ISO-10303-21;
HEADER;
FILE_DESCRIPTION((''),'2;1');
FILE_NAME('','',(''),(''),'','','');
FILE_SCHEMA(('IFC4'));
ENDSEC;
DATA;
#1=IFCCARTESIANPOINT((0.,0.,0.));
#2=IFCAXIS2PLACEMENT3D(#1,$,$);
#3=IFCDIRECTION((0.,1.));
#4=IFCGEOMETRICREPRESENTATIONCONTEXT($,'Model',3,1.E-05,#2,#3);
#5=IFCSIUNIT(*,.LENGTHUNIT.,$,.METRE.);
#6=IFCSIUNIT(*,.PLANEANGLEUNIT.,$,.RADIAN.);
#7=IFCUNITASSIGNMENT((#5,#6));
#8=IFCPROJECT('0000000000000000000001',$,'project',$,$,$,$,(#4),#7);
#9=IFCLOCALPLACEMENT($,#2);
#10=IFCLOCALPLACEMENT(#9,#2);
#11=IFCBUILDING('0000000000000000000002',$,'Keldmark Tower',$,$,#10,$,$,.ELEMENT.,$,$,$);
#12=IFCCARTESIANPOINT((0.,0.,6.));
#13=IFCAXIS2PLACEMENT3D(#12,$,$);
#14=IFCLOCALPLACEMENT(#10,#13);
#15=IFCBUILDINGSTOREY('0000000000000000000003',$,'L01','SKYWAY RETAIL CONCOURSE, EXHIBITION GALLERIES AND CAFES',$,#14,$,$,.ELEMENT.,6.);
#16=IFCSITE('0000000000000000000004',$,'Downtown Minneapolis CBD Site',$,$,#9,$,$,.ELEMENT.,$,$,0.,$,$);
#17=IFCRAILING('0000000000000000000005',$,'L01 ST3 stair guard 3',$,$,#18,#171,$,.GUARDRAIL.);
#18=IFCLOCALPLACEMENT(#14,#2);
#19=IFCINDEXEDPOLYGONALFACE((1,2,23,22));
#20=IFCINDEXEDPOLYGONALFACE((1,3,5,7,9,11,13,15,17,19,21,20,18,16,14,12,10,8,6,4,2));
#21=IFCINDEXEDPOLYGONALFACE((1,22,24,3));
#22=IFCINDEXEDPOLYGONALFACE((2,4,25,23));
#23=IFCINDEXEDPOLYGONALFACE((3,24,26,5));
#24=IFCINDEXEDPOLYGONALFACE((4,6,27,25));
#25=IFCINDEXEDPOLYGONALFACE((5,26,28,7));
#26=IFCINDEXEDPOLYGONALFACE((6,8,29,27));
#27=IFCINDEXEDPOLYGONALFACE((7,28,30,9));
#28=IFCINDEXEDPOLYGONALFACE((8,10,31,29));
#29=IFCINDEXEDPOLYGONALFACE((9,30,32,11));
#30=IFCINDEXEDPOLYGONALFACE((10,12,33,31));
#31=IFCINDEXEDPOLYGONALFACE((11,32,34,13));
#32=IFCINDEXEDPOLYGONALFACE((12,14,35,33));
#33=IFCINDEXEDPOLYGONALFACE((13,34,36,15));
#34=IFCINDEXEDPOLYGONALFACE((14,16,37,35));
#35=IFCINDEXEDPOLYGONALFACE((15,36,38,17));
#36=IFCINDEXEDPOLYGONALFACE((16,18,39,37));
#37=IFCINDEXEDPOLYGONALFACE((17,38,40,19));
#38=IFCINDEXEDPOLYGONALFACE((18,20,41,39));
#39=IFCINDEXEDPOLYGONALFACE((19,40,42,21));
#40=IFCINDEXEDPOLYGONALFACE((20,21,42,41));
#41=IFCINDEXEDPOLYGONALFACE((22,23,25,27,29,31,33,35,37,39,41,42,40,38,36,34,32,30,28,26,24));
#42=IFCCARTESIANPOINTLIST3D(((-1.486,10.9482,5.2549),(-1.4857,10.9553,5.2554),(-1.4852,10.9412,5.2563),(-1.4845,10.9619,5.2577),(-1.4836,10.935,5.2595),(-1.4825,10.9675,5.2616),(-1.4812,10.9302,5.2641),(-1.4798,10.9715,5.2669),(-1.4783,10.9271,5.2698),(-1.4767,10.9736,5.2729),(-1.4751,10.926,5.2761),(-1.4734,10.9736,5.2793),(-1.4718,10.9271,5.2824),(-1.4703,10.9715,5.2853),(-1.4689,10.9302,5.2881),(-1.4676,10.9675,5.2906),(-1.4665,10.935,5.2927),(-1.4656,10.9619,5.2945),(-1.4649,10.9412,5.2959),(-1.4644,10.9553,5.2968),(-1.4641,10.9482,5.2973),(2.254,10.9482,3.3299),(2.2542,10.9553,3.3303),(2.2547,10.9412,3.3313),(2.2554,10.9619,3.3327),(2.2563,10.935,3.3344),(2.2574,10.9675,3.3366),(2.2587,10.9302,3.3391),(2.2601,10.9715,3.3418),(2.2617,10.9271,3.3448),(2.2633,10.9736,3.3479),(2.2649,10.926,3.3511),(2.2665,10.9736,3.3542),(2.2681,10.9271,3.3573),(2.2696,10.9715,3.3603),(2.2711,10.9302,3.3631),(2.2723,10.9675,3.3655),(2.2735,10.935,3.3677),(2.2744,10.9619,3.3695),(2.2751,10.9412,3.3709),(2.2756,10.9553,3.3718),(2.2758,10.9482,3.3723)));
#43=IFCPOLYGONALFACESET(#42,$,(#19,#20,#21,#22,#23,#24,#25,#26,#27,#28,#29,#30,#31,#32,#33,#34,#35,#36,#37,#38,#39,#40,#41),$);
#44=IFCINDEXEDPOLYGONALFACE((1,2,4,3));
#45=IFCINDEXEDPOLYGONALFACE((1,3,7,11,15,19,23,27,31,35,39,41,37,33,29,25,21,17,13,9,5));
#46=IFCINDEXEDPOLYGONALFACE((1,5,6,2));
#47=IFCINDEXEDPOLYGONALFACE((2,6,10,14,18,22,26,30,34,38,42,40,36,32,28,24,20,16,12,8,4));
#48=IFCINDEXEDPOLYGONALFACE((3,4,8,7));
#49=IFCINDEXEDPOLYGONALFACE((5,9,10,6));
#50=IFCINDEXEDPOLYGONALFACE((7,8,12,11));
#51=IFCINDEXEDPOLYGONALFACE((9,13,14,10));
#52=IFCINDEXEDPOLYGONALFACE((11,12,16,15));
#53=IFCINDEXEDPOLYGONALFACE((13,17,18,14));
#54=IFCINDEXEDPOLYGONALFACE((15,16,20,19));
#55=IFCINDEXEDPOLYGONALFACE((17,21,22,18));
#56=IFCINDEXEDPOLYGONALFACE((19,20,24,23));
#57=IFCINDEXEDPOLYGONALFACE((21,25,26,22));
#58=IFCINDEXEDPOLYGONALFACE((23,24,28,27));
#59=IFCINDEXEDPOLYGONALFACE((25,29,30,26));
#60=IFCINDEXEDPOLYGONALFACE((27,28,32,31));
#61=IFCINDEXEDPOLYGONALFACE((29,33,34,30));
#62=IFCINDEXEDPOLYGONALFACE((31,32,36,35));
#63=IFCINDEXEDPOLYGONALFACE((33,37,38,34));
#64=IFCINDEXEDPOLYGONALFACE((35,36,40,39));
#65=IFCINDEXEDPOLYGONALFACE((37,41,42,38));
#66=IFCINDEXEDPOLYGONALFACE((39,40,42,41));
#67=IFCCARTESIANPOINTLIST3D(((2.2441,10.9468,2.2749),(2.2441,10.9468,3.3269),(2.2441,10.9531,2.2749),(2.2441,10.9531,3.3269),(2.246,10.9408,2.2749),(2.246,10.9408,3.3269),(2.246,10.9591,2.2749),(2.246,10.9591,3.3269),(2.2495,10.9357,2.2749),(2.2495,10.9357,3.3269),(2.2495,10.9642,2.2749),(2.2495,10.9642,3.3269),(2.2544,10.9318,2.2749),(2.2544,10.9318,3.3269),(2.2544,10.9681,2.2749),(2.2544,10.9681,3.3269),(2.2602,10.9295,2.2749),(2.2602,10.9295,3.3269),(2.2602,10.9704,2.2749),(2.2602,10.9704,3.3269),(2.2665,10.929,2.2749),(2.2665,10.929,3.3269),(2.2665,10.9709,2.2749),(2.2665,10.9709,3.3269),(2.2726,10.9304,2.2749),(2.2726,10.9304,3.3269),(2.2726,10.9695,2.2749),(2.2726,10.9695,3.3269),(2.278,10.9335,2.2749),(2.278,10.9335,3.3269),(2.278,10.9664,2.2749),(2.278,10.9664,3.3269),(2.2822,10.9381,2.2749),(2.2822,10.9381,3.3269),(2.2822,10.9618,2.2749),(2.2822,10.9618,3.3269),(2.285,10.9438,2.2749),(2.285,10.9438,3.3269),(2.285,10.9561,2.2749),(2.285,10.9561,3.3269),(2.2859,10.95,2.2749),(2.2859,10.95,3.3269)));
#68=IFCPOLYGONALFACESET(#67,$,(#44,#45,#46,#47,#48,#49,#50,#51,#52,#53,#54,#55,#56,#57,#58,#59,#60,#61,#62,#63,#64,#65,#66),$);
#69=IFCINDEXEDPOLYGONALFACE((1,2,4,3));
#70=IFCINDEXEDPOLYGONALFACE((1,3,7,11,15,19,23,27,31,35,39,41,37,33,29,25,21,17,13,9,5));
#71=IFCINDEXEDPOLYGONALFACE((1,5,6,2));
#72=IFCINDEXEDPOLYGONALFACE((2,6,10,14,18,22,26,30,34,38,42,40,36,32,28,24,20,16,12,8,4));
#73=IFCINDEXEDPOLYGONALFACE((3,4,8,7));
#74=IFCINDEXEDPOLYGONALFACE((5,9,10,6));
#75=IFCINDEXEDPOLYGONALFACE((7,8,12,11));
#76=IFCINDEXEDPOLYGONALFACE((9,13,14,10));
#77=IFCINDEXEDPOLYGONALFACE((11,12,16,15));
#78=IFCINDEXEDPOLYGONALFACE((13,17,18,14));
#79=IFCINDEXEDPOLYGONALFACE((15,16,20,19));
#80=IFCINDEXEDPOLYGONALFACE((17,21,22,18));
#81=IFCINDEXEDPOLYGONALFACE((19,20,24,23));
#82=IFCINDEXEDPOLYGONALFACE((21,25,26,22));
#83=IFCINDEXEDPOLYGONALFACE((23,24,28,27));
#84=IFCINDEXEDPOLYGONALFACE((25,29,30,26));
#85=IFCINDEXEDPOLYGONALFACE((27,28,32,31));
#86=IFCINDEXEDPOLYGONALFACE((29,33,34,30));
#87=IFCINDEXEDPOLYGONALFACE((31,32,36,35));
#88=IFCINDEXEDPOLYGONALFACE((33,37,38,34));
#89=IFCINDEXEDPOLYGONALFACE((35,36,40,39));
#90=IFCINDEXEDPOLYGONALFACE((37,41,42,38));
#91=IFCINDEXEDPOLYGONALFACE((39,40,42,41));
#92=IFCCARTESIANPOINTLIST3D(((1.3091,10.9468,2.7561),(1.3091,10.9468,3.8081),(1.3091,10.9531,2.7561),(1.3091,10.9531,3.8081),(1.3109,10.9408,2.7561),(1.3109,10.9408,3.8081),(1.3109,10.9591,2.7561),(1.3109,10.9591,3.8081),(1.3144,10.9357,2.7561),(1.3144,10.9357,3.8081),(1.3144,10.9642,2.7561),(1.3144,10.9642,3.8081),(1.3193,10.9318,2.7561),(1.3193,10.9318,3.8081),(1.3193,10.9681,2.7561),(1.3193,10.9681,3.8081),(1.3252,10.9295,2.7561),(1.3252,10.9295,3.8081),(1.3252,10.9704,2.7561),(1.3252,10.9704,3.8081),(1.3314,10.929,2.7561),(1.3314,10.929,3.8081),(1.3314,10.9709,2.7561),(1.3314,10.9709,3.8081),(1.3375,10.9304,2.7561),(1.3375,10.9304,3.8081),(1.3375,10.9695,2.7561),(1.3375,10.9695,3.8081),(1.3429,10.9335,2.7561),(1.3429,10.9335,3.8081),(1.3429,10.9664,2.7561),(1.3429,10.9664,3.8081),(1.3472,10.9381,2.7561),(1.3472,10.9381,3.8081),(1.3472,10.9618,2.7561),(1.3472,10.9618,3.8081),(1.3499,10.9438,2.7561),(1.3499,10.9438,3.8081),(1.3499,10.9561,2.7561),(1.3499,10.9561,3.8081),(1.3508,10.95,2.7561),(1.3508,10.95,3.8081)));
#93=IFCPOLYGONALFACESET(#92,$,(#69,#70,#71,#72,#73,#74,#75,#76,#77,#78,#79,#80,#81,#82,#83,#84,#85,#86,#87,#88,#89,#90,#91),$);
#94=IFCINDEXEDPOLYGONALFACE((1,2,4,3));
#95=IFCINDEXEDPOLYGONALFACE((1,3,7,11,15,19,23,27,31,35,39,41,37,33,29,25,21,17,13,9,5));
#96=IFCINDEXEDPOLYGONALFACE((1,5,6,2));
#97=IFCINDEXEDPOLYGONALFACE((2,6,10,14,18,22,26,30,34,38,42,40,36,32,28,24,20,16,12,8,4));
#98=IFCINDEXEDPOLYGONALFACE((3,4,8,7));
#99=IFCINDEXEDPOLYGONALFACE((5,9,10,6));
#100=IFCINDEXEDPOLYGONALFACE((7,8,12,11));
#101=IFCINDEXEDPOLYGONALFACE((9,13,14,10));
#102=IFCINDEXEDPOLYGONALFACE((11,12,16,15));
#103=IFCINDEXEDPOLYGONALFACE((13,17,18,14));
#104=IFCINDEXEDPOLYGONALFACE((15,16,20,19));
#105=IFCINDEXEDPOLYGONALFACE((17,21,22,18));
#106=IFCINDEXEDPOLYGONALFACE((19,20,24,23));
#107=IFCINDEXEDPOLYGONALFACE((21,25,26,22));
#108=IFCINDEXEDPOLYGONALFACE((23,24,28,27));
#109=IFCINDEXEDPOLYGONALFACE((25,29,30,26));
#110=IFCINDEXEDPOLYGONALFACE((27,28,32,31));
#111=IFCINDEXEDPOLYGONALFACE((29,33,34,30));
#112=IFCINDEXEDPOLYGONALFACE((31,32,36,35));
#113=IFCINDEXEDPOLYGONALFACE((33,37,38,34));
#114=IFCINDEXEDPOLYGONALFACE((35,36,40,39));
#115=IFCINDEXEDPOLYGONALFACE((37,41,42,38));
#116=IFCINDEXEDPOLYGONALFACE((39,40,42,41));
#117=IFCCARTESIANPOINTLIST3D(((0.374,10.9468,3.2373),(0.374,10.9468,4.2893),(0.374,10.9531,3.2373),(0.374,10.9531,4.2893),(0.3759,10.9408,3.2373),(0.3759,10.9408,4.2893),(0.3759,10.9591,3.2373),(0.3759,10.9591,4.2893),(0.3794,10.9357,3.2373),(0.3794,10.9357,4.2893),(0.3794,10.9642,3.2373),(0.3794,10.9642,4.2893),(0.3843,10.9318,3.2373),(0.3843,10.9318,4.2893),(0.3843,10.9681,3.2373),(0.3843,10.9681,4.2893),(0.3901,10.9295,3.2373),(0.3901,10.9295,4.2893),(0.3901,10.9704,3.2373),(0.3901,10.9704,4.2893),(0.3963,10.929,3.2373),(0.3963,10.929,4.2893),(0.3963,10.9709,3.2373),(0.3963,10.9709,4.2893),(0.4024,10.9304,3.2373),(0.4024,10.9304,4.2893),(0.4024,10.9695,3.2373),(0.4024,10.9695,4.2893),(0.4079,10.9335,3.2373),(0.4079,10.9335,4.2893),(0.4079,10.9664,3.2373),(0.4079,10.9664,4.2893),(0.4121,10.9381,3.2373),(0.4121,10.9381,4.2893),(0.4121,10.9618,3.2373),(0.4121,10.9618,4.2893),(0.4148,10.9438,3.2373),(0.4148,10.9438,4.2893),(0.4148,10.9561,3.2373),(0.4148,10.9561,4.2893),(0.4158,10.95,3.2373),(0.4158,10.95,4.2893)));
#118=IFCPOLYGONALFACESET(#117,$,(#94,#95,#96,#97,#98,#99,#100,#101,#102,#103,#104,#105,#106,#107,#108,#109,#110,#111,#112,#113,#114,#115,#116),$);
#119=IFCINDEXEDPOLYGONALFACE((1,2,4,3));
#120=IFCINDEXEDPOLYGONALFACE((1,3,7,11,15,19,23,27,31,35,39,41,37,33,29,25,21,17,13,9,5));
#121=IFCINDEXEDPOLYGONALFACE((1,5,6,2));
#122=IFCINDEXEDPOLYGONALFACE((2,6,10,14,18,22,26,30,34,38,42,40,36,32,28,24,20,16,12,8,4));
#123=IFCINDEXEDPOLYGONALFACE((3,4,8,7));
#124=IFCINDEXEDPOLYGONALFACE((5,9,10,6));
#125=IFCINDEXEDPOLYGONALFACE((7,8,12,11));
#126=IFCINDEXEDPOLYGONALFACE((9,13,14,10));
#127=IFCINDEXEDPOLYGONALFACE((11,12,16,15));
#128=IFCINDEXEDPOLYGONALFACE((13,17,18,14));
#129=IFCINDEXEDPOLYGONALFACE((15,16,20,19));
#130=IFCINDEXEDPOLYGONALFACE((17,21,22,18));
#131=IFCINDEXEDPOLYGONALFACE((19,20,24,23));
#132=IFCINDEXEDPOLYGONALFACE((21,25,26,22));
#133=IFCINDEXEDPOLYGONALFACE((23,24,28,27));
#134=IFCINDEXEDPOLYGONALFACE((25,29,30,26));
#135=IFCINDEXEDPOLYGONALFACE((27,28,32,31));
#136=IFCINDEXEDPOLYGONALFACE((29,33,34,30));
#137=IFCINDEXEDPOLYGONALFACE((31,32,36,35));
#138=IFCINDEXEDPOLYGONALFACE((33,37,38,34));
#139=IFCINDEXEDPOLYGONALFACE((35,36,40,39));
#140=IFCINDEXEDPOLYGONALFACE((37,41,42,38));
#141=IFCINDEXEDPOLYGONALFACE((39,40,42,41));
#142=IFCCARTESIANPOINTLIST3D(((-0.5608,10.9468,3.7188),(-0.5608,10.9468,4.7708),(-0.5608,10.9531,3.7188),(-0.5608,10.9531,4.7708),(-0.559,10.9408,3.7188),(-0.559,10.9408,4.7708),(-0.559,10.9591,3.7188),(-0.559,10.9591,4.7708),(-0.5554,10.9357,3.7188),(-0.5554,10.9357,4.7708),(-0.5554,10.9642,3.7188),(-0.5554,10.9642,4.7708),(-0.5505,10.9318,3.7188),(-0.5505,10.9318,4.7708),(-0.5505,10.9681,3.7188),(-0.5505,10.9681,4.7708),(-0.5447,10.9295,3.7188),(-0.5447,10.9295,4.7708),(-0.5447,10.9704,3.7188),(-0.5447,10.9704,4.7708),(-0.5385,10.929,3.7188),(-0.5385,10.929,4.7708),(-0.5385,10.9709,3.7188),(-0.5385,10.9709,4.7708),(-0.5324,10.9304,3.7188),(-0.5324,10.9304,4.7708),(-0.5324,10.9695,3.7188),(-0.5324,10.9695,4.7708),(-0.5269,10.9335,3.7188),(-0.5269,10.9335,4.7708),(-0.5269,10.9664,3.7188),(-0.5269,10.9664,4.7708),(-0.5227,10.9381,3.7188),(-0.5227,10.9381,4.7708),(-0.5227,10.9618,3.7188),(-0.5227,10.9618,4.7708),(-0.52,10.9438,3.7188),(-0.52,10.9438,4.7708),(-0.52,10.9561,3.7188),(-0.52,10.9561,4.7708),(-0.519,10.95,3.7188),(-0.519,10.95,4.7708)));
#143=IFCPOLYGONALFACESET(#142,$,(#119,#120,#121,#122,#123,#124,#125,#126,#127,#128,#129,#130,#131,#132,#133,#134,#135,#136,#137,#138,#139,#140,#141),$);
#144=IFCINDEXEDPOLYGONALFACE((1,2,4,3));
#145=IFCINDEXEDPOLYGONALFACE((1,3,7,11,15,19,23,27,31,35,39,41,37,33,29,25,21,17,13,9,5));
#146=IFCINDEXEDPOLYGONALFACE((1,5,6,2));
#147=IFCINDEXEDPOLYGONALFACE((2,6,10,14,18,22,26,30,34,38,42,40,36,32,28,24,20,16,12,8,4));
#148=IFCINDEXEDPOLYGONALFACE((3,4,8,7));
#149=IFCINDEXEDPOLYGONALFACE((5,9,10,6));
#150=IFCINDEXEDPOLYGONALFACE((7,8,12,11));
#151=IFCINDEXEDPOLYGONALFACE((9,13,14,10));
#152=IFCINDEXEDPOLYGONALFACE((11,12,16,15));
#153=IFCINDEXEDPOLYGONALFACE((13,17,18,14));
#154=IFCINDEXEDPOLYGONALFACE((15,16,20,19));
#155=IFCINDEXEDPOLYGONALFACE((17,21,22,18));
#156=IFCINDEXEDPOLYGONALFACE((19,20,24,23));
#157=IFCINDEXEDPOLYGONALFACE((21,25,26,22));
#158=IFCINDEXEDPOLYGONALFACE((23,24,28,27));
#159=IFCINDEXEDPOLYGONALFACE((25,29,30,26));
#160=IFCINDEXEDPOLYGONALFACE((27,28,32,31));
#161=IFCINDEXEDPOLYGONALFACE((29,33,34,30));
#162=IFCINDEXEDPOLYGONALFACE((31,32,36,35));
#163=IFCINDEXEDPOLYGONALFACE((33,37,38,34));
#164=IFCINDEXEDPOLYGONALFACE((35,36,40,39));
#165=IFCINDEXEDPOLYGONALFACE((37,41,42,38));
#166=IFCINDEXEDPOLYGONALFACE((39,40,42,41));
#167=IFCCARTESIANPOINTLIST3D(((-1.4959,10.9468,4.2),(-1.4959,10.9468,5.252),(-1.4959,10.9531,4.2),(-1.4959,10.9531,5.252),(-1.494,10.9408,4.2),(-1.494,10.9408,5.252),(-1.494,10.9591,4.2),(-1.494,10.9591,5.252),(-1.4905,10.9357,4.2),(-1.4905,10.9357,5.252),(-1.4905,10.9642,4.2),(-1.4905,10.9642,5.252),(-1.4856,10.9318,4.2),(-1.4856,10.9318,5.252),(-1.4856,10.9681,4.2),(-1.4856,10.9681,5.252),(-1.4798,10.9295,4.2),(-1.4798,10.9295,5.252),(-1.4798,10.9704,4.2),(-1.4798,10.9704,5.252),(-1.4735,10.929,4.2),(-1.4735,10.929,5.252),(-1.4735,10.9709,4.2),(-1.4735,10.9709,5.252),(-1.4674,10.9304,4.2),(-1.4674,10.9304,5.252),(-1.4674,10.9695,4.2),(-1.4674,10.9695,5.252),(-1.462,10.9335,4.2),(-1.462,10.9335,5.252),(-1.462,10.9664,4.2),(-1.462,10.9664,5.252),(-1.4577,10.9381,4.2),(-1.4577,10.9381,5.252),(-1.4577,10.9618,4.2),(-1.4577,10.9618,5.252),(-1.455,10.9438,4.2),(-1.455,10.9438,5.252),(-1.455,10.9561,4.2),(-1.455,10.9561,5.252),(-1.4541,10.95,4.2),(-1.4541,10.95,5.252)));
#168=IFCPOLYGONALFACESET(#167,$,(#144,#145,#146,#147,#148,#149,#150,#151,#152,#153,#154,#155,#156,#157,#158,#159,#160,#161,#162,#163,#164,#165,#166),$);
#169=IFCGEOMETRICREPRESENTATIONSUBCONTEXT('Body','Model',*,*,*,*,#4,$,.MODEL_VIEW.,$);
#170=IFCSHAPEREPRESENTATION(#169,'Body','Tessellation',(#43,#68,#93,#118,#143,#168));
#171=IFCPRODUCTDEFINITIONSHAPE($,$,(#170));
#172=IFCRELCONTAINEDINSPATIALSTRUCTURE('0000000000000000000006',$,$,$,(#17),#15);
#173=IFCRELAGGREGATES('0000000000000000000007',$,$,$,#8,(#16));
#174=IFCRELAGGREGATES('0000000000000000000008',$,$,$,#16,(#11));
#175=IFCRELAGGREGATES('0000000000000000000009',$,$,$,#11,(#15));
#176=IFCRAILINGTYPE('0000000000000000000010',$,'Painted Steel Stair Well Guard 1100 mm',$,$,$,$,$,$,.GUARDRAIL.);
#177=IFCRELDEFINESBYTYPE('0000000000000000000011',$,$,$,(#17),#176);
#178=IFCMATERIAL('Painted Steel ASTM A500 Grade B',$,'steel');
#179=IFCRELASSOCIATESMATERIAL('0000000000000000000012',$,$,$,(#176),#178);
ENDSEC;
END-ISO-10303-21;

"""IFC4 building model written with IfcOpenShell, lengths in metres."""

from ifc_helpers import new_model, si_unit, direction, frame, origin, origin_2d, place, context, subcontext, project, spatial, circle, extrude, material, type_object, element, save


model = new_model("IFC4")

# Units and contexts
model_context = context("Model", 3, precision=1e-05, world=origin(), true_north=direction((0.0, 1.0)))
body_context = subcontext(model_context, "Body", "Model", "MODEL_VIEW")
ifc_project = project(units=[si_unit("LENGTHUNIT", "METRE"), si_unit("PLANEANGLEUNIT", "RADIAN")], contexts=[model_context])

# Site, building, storey
site_placement = place(None, origin())
site = spatial("IfcSite", under=ifc_project, at=site_placement, Name="Downtown Minneapolis CBD Site", CompositionType="ELEMENT", RefElevation=0.0)
building_placement = place(site_placement, origin())
building = spatial("IfcBuilding", under=site, at=building_placement, Name="Keldmark Tower", CompositionType="ELEMENT")
storey_placement = place(building_placement, frame((0.0, 0.0, 6.0)))
storey = spatial("IfcBuildingStorey", under=building, at=storey_placement, Name="L01", Description="SKYWAY RETAIL CONCOURSE, EXHIBITION GALLERIES AND CAFES", CompositionType="ELEMENT", Elevation=6.0)

# Railing
ifc_material_1 = material(Name="Painted Steel ASTM A500 Grade B", Category="steel")
railing_type_1 = type_object("IfcRailingType", Name="Painted Steel Stair Well Guard 1100 mm", PredefinedType="GUARDRAIL", material=ifc_material_1)
railing_1_placement = place(storey_placement, frame((2.2649, 10.95, 2.2749)))
element("IfcRailing", 1, at=railing_1_placement, inside=storey, type_object=railing_type_1, Name="L01 ST3 stair guard 3", PredefinedType="GUARDRAIL", context=body_context, shape_type="SweptSolid", body=[
    extrude(circle(Radius=0.0239, at=origin_2d()), frame((0.0, 0.0, 1.0762), z_axis=(-0.889131, 0.0, 0.457654), x_axis=(0.0, -1.0, 0.0)), (0.0, 0.0, 1.0), 4.2063),
    extrude(circle(Radius=0.021, at=origin_2d()), origin(), (0.0, 0.0, 1.0), 1.052),
    extrude(circle(Radius=0.021, at=origin_2d()), frame((-0.9351, 0.0, 0.4812)), (0.0, 0.0, 1.0), 1.052),
    extrude(circle(Radius=0.021, at=origin_2d()), frame((-1.8701, 0.0, 0.9624)), (0.0, 0.0, 1.0), 1.052),
    extrude(circle(Radius=0.021, at=origin_2d()), frame((-2.8049, 0.0, 1.4438)), (0.0, 0.0, 1.0), 1.052),
    extrude(circle(Radius=0.021, at=origin_2d()), frame((-3.74, 0.0, 1.925)), (0.0, 0.0, 1.0), 1.052),
])

save(model, "model.ifc")
